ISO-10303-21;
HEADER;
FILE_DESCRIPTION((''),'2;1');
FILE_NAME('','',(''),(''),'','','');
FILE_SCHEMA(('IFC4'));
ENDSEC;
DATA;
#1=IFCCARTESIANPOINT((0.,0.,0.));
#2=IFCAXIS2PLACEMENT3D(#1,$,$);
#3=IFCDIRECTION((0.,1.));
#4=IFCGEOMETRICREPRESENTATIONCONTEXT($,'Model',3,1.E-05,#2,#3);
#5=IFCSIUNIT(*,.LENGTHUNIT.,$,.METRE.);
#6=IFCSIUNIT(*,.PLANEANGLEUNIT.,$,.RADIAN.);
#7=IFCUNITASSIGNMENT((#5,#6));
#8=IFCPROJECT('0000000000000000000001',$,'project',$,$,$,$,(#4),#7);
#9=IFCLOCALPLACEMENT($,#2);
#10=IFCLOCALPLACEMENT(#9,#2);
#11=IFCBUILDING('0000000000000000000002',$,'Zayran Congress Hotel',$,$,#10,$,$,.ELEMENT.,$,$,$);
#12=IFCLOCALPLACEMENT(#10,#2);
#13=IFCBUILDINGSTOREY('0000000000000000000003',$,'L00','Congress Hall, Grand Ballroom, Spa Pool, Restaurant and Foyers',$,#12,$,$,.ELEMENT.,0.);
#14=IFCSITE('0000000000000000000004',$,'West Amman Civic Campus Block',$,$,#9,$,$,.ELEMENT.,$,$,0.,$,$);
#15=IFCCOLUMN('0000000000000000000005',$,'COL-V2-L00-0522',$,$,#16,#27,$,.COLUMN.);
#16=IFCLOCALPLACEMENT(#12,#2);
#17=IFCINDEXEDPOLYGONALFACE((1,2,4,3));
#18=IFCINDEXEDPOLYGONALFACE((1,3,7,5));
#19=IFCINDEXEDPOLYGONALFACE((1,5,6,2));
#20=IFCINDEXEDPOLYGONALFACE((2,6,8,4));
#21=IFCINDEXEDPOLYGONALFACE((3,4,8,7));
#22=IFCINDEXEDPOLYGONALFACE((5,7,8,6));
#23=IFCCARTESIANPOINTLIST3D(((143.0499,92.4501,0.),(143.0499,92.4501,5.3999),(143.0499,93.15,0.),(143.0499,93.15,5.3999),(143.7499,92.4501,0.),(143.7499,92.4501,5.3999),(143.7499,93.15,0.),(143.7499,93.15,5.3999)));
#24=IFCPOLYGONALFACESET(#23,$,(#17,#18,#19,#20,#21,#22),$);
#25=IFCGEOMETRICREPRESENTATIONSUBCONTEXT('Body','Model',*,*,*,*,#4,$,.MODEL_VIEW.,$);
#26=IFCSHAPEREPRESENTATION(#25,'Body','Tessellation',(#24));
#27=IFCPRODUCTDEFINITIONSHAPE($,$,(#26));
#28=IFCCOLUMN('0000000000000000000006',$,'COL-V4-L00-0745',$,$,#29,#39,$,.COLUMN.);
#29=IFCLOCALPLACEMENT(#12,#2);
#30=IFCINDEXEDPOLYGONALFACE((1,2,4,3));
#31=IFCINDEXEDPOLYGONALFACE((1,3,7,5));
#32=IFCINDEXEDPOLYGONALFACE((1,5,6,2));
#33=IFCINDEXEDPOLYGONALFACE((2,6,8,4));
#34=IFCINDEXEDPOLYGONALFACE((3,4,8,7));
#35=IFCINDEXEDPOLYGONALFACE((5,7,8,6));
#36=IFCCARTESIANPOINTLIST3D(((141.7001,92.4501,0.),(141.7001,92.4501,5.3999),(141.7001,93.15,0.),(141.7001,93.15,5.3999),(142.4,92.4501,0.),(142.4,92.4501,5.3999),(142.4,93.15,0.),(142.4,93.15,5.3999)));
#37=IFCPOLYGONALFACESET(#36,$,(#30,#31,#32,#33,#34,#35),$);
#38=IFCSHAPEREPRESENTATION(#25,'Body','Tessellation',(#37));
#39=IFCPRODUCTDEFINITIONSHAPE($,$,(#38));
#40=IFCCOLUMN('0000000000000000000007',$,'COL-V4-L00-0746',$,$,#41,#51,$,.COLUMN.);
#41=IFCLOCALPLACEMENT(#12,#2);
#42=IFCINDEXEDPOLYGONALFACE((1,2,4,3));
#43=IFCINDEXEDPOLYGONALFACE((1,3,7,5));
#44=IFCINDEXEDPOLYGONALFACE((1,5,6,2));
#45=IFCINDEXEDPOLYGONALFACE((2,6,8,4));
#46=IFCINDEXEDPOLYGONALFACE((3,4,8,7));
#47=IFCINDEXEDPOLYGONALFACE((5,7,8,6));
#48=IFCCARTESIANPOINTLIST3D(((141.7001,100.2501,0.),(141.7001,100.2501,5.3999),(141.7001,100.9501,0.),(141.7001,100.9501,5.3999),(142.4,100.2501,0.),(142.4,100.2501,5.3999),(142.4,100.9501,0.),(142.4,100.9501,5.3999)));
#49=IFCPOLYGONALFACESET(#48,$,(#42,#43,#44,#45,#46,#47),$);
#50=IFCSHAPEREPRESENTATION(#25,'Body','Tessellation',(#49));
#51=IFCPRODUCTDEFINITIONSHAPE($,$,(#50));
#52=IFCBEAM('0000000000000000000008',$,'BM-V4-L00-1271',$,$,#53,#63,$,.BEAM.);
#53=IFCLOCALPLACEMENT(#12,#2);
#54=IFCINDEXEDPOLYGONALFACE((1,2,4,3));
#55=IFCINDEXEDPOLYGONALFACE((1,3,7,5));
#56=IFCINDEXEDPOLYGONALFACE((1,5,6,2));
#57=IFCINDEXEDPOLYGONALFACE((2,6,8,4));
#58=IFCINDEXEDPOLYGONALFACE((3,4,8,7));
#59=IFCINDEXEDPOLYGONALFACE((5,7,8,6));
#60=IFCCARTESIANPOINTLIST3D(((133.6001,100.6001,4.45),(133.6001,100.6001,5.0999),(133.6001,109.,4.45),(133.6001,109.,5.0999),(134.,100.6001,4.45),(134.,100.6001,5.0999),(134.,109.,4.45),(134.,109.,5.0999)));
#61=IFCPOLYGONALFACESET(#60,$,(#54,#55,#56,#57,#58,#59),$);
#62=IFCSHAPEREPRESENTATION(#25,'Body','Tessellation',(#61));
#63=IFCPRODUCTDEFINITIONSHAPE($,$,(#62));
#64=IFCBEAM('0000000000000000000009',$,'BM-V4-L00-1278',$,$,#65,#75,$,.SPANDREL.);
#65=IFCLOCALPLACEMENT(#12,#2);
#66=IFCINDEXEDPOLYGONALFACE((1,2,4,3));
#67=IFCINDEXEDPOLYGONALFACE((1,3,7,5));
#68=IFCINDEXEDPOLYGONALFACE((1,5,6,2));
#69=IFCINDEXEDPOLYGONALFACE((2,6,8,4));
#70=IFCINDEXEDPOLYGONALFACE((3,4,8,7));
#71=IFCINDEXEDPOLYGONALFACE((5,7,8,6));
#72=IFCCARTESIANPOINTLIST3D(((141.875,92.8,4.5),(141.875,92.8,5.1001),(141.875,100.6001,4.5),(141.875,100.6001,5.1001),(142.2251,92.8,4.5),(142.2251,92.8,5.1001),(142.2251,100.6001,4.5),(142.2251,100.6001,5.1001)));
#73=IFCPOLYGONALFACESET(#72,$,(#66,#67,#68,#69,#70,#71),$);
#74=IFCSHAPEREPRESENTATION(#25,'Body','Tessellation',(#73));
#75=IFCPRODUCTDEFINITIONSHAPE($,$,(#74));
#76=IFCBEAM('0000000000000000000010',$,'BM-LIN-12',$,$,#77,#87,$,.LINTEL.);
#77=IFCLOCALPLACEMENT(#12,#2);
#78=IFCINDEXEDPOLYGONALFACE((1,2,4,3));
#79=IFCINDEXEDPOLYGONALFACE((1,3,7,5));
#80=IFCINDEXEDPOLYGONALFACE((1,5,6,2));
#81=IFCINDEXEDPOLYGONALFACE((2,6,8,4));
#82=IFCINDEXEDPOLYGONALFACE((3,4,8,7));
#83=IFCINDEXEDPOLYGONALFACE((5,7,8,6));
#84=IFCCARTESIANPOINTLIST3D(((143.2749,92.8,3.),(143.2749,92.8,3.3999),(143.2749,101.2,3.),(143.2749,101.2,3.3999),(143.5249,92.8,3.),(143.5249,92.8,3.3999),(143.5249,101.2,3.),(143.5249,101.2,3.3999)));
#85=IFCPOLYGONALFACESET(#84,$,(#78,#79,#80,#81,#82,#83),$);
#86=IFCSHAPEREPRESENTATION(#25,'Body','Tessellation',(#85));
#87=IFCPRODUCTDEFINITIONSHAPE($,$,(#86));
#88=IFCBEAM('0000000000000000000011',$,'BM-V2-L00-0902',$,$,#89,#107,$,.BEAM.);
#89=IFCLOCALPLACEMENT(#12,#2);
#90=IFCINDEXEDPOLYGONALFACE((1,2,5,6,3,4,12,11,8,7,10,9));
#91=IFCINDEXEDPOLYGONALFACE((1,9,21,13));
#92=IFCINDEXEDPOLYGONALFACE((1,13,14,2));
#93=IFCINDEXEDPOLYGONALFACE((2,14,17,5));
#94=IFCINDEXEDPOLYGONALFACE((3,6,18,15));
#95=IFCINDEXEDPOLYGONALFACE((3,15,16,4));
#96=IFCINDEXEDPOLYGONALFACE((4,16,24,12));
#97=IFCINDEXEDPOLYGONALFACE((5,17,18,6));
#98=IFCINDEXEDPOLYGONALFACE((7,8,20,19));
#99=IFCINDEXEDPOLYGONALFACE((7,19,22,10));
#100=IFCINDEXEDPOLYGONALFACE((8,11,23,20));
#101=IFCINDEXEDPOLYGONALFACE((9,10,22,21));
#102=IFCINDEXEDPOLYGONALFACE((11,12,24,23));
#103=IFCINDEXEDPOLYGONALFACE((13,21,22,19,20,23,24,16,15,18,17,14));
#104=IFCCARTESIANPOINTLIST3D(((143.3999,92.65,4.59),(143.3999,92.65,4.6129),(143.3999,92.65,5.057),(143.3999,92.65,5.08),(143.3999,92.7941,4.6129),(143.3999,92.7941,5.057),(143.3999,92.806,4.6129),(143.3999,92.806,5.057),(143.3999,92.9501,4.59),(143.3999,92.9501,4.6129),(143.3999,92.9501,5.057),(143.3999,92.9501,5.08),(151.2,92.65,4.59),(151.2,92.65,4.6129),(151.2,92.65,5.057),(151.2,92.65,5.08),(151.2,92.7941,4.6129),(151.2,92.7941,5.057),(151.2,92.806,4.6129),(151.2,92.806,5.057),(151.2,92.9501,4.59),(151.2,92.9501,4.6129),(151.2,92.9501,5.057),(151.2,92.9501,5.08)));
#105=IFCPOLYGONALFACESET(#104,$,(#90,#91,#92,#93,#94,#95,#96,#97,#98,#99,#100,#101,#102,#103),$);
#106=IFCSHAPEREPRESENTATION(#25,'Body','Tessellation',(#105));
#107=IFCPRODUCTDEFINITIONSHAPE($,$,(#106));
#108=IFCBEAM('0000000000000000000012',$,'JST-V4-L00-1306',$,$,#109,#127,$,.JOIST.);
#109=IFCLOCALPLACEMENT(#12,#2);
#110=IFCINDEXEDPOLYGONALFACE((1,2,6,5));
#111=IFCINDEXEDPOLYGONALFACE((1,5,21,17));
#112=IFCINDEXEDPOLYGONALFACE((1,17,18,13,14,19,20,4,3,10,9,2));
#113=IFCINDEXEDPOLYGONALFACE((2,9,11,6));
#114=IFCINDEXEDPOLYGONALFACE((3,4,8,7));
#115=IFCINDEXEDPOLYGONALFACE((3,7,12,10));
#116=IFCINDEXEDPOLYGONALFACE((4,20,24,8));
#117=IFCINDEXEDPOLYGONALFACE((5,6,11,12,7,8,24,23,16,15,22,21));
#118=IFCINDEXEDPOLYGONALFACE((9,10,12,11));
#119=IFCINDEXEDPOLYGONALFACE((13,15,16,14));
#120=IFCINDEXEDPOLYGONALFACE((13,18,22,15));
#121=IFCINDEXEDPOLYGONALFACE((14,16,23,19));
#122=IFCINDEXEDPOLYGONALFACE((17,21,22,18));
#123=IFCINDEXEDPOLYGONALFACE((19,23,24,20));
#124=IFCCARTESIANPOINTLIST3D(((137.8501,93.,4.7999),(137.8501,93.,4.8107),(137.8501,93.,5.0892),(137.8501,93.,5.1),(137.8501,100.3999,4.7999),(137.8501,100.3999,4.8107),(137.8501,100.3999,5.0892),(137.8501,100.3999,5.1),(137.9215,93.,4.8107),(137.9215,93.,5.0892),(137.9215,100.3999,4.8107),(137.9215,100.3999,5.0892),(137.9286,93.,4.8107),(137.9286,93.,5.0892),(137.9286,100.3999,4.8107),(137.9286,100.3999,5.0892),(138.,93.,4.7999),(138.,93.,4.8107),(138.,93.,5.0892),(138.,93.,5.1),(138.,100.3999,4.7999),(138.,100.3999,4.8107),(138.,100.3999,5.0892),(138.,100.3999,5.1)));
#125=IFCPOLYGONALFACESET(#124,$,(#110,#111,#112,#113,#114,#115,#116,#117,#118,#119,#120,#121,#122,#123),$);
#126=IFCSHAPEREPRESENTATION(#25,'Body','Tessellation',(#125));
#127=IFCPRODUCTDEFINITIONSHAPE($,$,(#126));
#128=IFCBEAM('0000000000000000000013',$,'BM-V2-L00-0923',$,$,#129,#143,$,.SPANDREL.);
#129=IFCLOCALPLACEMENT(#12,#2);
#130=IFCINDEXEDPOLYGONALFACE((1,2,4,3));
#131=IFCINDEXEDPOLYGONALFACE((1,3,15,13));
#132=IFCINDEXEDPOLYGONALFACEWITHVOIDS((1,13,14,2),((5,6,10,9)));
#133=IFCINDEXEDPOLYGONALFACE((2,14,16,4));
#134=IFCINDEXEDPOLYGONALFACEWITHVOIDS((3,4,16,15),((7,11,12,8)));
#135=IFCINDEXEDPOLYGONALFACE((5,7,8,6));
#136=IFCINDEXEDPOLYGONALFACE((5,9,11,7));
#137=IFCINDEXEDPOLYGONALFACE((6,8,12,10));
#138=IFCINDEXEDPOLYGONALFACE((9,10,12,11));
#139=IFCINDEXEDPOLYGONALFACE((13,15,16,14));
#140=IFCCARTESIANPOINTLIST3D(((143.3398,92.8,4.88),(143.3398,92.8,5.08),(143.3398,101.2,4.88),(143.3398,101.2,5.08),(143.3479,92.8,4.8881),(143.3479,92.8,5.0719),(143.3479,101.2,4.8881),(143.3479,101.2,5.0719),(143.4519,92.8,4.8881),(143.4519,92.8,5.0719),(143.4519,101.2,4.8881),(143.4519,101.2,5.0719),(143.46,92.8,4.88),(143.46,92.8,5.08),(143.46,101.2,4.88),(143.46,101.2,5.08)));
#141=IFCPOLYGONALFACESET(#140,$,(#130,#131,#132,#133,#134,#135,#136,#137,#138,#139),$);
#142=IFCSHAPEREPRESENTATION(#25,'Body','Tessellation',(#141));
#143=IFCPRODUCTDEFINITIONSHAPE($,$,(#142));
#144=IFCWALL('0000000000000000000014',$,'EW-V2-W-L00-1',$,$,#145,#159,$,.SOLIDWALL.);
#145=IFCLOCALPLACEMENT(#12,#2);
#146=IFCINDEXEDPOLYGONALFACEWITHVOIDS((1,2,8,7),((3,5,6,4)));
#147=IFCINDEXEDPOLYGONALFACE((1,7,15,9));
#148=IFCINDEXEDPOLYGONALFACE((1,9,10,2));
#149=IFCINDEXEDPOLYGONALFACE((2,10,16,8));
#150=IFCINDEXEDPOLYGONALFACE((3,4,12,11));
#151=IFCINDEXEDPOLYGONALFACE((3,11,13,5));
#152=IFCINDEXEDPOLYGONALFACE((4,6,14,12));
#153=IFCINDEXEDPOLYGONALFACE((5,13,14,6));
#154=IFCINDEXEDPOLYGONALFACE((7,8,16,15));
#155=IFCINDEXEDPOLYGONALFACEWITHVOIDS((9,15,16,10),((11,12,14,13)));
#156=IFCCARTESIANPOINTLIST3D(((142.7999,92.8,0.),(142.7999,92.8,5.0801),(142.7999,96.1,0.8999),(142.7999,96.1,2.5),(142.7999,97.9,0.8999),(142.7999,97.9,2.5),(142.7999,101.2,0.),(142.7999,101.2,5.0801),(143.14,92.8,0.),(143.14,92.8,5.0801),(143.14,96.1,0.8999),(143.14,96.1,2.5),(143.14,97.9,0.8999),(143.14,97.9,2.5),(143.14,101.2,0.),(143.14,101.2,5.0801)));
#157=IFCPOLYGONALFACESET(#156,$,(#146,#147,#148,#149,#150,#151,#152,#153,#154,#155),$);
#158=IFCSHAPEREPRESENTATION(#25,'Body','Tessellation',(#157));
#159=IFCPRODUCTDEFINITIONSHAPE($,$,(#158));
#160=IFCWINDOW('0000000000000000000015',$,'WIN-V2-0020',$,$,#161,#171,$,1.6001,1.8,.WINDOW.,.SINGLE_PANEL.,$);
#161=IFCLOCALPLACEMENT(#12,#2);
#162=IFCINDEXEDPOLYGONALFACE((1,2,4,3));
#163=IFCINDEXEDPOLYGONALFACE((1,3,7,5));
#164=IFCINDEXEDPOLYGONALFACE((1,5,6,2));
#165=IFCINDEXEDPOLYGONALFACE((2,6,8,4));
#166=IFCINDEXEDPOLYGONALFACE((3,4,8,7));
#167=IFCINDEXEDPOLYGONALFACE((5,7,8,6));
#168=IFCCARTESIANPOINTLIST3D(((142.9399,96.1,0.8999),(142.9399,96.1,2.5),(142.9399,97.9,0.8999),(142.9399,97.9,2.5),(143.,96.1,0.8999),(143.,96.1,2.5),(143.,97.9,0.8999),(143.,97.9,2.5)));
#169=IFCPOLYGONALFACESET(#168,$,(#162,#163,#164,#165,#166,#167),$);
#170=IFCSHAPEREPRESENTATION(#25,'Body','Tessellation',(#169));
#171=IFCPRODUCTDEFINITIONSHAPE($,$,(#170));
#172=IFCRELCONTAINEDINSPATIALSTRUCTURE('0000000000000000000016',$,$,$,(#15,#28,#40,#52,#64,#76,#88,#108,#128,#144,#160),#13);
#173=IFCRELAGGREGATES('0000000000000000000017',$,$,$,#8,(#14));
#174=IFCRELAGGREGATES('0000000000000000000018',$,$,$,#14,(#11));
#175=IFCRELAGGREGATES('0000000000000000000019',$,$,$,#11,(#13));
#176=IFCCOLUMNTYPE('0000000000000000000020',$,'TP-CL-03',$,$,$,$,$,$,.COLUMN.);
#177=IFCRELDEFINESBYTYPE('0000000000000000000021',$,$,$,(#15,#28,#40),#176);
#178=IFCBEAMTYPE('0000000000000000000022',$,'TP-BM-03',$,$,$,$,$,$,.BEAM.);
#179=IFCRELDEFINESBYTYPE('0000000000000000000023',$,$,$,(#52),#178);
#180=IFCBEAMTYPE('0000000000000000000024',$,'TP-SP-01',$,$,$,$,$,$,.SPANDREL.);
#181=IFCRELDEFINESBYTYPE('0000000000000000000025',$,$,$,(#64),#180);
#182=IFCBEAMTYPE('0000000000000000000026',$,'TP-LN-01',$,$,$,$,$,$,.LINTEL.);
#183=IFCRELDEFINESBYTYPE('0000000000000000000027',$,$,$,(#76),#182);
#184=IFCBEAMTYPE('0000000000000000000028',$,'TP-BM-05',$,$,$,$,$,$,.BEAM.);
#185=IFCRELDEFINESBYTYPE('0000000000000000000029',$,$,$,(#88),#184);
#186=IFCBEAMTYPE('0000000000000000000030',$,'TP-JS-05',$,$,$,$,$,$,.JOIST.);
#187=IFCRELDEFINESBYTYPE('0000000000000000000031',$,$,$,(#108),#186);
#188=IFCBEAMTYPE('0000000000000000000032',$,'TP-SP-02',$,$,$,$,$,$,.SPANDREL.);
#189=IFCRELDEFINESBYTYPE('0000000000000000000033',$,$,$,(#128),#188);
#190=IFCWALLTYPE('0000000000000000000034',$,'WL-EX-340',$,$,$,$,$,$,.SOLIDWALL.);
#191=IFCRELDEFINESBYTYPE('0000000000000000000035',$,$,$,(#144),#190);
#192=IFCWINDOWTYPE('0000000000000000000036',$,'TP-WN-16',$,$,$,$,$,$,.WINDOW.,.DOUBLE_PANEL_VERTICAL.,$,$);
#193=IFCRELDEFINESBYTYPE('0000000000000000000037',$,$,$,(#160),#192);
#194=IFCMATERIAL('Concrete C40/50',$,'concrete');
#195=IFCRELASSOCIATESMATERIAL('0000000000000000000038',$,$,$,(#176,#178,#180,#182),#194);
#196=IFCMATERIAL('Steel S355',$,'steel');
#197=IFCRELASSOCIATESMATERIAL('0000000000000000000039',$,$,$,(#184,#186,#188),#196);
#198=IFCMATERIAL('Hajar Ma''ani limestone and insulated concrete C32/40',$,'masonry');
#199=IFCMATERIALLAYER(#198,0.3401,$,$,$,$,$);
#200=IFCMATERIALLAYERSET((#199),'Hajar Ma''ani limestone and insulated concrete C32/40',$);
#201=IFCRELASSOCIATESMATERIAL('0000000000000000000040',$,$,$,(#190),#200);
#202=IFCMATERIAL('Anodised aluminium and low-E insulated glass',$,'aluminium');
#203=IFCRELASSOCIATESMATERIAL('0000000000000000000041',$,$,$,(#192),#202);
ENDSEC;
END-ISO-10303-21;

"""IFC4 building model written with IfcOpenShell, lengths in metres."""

from ifc_helpers import new_model, si_unit, direction, frame, frame_2d, origin, origin_2d, place, context, subcontext, project, spatial, rectangle, hollow_rectangle, i_section, extrude, material, layer, layer_set, material_profile, profile_set, type_object, element, fill, save


model = new_model("IFC4")

# Units and contexts
model_context = context("Model", 3, precision=1e-05, world=origin(), true_north=direction((0.0, 1.0)))
body_context = subcontext(model_context, "Body", "Model", "MODEL_VIEW")
ifc_project = project(units=[si_unit("LENGTHUNIT", "METRE"), si_unit("PLANEANGLEUNIT", "RADIAN")], contexts=[model_context])

# Site, building, storey
site_placement = place(None, origin())
site = spatial("IfcSite", under=ifc_project, at=site_placement, Name="West Amman Civic Campus Block", CompositionType="ELEMENT", RefElevation=0.0)
building_placement = place(site_placement, origin())
building = spatial("IfcBuilding", under=site, at=building_placement, Name="Zayran Congress Hotel", CompositionType="ELEMENT")
storey_placement = place(building_placement, origin())
storey = spatial("IfcBuildingStorey", under=building, at=storey_placement, Name="L00", Description="Congress Hall, Grand Ballroom, Spa Pool, Restaurant and Foyers", CompositionType="ELEMENT", Elevation=0.0)

# Columns
ifc_material_1 = material(Name="Concrete C40/50", Category="concrete")
ifc_material_profile_1 = material_profile(ifc_material_1, rectangle(XDim=0.7, YDim=0.7, at=origin_2d()), Name="RC 700x700")
ifc_profile_set_1 = profile_set([ifc_material_profile_1], Name="Concrete C40/50")
column_type = type_object("IfcColumnType", Name="TP-CL-03", PredefinedType="COLUMN", material=ifc_profile_set_1)
for number, where, z_axis, x_axis, name in (
    (1, (143.3999, 92.8, 0.0), (0.0, 0.0, 1.0), (1.0, 0.0, 0.0), "COL-V2-L00-0522"),
    (2, (142.05, 92.8, 0.0), (0.0, 0.0, 1.0), (1.0, 0.0, 0.0), "COL-V4-L00-0745"),
    (3, (142.05, 100.6001, 0.0), (0.0, 0.0, 1.0), (1.0, 0.0, 0.0), "COL-V4-L00-0746"),
):
    element("IfcColumn", number, at=place(storey_placement, frame(where, z_axis=z_axis, x_axis=x_axis)), inside=storey, type_object=column_type, Name=name, PredefinedType="COLUMN", context=body_context, shape_type="SweptSolid", body=[
        extrude(rectangle(XDim=0.7, YDim=0.7, at=origin_2d()), origin(), (0.0, 0.0, 1.0), 5.3999),
    ])

# Beams
ifc_material_profile_2 = material_profile(ifc_material_1, rectangle(XDim=0.3999, YDim=0.6499, at=origin_2d()), Name="RC 400x650")
ifc_profile_set_2 = profile_set([ifc_material_profile_2], Name="Concrete C40/50")
beam_type_1 = type_object("IfcBeamType", Name="TP-BM-03", PredefinedType="BEAM", material=ifc_profile_set_2)
beam_1_placement = place(storey_placement, frame((133.8, 100.6001, 4.7749), z_axis=(0.0, 1.0, 0.0), x_axis=(-1.0, 0.0, 0.0)))
element("IfcBeam", 4, at=beam_1_placement, inside=storey, type_object=beam_type_1, Name="BM-V4-L00-1271", PredefinedType="BEAM", context=body_context, shape_type="SweptSolid", body=[
    extrude(rectangle(XDim=0.3999, YDim=0.6499, at=origin_2d()), origin(), (0.0, 0.0, 1.0), 8.3999),
])
ifc_material_profile_3 = material_profile(ifc_material_1, rectangle(XDim=0.3501, YDim=0.6001, at=origin_2d()), Name="RC 350x600")
ifc_profile_set_3 = profile_set([ifc_material_profile_3], Name="Concrete C40/50")
beam_type_2 = type_object("IfcBeamType", Name="TP-SP-01", PredefinedType="SPANDREL", material=ifc_profile_set_3)
beam_2_placement = place(storey_placement, frame((142.05, 92.8, 4.8), z_axis=(0.0, 1.0, 0.0), x_axis=(-1.0, 0.0, 0.0)))
element("IfcBeam", 5, at=beam_2_placement, inside=storey, type_object=beam_type_2, Name="BM-V4-L00-1278", PredefinedType="SPANDREL", context=body_context, shape_type="SweptSolid", body=[
    extrude(rectangle(XDim=0.3501, YDim=0.6001, at=origin_2d()), origin(), (0.0, 0.0, 1.0), 7.8),
])
ifc_material_profile_4 = material_profile(ifc_material_1, rectangle(XDim=0.25, YDim=0.3999, at=origin_2d()), Name="RC 250x400")
ifc_profile_set_4 = profile_set([ifc_material_profile_4], Name="Concrete C40/50")
beam_type_3 = type_object("IfcBeamType", Name="TP-LN-01", PredefinedType="LINTEL", material=ifc_profile_set_4)
beam_3_placement = place(storey_placement, frame((143.3999, 92.8, 3.2), z_axis=(0.0, 1.0, 0.0), x_axis=(-1.0, 0.0, 0.0)))
element("IfcBeam", 6, at=beam_3_placement, inside=storey, type_object=beam_type_3, Name="BM-LIN-12", PredefinedType="LINTEL", context=body_context, shape_type="SweptSolid", body=[
    extrude(rectangle(XDim=0.25, YDim=0.3999, at=origin_2d()), origin(), (0.0, 0.0, 1.0), 8.3999),
])
ifc_material_2 = material(Name="Steel S355", Category="steel")
ifc_material_profile_5 = material_profile(ifc_material_2, i_section(OverallWidth=0.3, OverallDepth=0.49, WebThickness=0.012, FlangeThickness=0.0229, at=origin_2d()), Name="HEA 500")
ifc_profile_set_5 = profile_set([ifc_material_profile_5], Name="Steel S355")
beam_type_4 = type_object("IfcBeamType", Name="TP-BM-05", PredefinedType="BEAM", material=ifc_profile_set_5)
beam_4_placement = place(storey_placement, frame((143.3999, 92.8, 4.835), z_axis=(1.0, 0.0, 0.0), x_axis=(0.0, 1.0, 0.0)))
element("IfcBeam", 7, at=beam_4_placement, inside=storey, type_object=beam_type_4, Name="BM-V2-L00-0902", PredefinedType="BEAM", context=body_context, shape_type="SweptSolid", body=[
    extrude(i_section(OverallWidth=0.3, OverallDepth=0.49, WebThickness=0.012, FlangeThickness=0.0229, at=origin_2d()), origin(), (0.0, 0.0, 1.0), 7.8),
])
ifc_material_profile_6 = material_profile(ifc_material_2, i_section(OverallWidth=0.1499, OverallDepth=0.3, WebThickness=0.0071, FlangeThickness=0.0107, at=origin_2d()), Name="IPE 300")
ifc_profile_set_6 = profile_set([ifc_material_profile_6], Name="Steel S355")
beam_type_5 = type_object("IfcBeamType", Name="TP-JS-05", PredefinedType="JOIST", material=ifc_profile_set_6)
beam_5_placement = place(storey_placement, frame((137.925, 93.0, 4.95), z_axis=(0.0, 1.0, 0.0), x_axis=(-1.0, 0.0, 0.0)))
element("IfcBeam", 8, at=beam_5_placement, inside=storey, type_object=beam_type_5, Name="JST-V4-L00-1306", PredefinedType="JOIST", context=body_context, shape_type="SweptSolid", body=[
    extrude(i_section(OverallWidth=0.1499, OverallDepth=0.3, WebThickness=0.0071, FlangeThickness=0.0107, at=origin_2d()), origin(), (0.0, 0.0, 1.0), 7.3999),
])
ifc_material_profile_7 = material_profile(ifc_material_2, hollow_rectangle(XDim=0.1201, YDim=0.2, WallThickness=0.0081, at=origin_2d()), Name="RHS 200x120x8")
ifc_profile_set_7 = profile_set([ifc_material_profile_7], Name="Steel S355")
beam_type_6 = type_object("IfcBeamType", Name="TP-SP-02", PredefinedType="SPANDREL", material=ifc_profile_set_7)
beam_6_placement = place(storey_placement, frame((143.3999, 92.8, 4.98), z_axis=(0.0, 1.0, 0.0), x_axis=(-1.0, 0.0, 0.0)))
element("IfcBeam", 9, at=beam_6_placement, inside=storey, type_object=beam_type_6, Name="BM-V2-L00-0923", PredefinedType="SPANDREL", context=body_context, shape_type="SweptSolid", body=[
    extrude(hollow_rectangle(XDim=0.1201, YDim=0.2, WallThickness=0.0081, at=origin_2d()), origin(), (0.0, 0.0, 1.0), 8.3999),
])

# Wall, opening, window
ifc_material_3 = material(Name="Hajar Ma'ani limestone and insulated concrete C32/40", Category="masonry")
ifc_layer_1 = layer(ifc_material_3, 0.3401)
ifc_layer_set_1 = layer_set([ifc_layer_1], Name="Hajar Ma'ani limestone and insulated concrete C32/40")
wall_type_1 = type_object("IfcWallType", Name="WL-EX-340", PredefinedType="SOLIDWALL", material=ifc_layer_set_1)
wall_1_placement = place(storey_placement, frame((142.97, 92.8, 0.0), z_axis=(0.0, 0.0, 1.0), x_axis=(0.0, 1.0, 0.0)))
wall_1 = element("IfcWall", 10, at=wall_1_placement, inside=storey, type_object=wall_type_1, Name="EW-V2-W-L00-1", PredefinedType="SOLIDWALL", context=body_context, shape_type="SweptSolid", body=[
    extrude(rectangle(XDim=8.3999, YDim=0.3401, at=frame_2d((4.2, 0.0))), origin(), (0.0, 0.0, 1.0), 5.0801),
])
opening_1_placement = place(wall_1_placement, frame((3.3, 0.0, 0.8999)))
opening_1 = element("IfcOpeningElement", 11, at=opening_1_placement, cuts=wall_1, PredefinedType="OPENING", context=body_context, shape_type="SweptSolid", body=[
    extrude(rectangle(XDim=1.8, YDim=1.6001, at=frame_2d((0.8999, 0.8))), frame((0.0, 0.1799, 0.0), z_axis=(0.0, -1.0, 0.0), x_axis=(1.0, 0.0, 0.0)), (0.0, 0.0, 1.0), 0.3601),
])
ifc_material_4 = material(Name="Anodised aluminium and low-E insulated glass", Category="aluminium")
window_type_1 = type_object("IfcWindowType", Name="TP-WN-16", PartitioningType="DOUBLE_PANEL_VERTICAL", PredefinedType="WINDOW", material=ifc_material_4)
window_1_placement = place(opening_1_placement, origin())
window_1 = element("IfcWindow", 12, at=window_1_placement, inside=storey, type_object=window_type_1, Name="WIN-V2-0020", OverallHeight=1.6001, OverallWidth=1.8, PartitioningType="SINGLE_PANEL", PredefinedType="WINDOW", context=body_context, shape_type="SweptSolid", body=[
    extrude(rectangle(XDim=1.8, YDim=1.6001, at=frame_2d((0.8999, 0.8))), frame((0.0, 0.03, 0.0), z_axis=(0.0, -1.0, 0.0), x_axis=(1.0, 0.0, 0.0)), (0.0, 0.0, 1.0), 0.0601),
])
fill(opening_1, window_1)

save(model, "model.ifc")
